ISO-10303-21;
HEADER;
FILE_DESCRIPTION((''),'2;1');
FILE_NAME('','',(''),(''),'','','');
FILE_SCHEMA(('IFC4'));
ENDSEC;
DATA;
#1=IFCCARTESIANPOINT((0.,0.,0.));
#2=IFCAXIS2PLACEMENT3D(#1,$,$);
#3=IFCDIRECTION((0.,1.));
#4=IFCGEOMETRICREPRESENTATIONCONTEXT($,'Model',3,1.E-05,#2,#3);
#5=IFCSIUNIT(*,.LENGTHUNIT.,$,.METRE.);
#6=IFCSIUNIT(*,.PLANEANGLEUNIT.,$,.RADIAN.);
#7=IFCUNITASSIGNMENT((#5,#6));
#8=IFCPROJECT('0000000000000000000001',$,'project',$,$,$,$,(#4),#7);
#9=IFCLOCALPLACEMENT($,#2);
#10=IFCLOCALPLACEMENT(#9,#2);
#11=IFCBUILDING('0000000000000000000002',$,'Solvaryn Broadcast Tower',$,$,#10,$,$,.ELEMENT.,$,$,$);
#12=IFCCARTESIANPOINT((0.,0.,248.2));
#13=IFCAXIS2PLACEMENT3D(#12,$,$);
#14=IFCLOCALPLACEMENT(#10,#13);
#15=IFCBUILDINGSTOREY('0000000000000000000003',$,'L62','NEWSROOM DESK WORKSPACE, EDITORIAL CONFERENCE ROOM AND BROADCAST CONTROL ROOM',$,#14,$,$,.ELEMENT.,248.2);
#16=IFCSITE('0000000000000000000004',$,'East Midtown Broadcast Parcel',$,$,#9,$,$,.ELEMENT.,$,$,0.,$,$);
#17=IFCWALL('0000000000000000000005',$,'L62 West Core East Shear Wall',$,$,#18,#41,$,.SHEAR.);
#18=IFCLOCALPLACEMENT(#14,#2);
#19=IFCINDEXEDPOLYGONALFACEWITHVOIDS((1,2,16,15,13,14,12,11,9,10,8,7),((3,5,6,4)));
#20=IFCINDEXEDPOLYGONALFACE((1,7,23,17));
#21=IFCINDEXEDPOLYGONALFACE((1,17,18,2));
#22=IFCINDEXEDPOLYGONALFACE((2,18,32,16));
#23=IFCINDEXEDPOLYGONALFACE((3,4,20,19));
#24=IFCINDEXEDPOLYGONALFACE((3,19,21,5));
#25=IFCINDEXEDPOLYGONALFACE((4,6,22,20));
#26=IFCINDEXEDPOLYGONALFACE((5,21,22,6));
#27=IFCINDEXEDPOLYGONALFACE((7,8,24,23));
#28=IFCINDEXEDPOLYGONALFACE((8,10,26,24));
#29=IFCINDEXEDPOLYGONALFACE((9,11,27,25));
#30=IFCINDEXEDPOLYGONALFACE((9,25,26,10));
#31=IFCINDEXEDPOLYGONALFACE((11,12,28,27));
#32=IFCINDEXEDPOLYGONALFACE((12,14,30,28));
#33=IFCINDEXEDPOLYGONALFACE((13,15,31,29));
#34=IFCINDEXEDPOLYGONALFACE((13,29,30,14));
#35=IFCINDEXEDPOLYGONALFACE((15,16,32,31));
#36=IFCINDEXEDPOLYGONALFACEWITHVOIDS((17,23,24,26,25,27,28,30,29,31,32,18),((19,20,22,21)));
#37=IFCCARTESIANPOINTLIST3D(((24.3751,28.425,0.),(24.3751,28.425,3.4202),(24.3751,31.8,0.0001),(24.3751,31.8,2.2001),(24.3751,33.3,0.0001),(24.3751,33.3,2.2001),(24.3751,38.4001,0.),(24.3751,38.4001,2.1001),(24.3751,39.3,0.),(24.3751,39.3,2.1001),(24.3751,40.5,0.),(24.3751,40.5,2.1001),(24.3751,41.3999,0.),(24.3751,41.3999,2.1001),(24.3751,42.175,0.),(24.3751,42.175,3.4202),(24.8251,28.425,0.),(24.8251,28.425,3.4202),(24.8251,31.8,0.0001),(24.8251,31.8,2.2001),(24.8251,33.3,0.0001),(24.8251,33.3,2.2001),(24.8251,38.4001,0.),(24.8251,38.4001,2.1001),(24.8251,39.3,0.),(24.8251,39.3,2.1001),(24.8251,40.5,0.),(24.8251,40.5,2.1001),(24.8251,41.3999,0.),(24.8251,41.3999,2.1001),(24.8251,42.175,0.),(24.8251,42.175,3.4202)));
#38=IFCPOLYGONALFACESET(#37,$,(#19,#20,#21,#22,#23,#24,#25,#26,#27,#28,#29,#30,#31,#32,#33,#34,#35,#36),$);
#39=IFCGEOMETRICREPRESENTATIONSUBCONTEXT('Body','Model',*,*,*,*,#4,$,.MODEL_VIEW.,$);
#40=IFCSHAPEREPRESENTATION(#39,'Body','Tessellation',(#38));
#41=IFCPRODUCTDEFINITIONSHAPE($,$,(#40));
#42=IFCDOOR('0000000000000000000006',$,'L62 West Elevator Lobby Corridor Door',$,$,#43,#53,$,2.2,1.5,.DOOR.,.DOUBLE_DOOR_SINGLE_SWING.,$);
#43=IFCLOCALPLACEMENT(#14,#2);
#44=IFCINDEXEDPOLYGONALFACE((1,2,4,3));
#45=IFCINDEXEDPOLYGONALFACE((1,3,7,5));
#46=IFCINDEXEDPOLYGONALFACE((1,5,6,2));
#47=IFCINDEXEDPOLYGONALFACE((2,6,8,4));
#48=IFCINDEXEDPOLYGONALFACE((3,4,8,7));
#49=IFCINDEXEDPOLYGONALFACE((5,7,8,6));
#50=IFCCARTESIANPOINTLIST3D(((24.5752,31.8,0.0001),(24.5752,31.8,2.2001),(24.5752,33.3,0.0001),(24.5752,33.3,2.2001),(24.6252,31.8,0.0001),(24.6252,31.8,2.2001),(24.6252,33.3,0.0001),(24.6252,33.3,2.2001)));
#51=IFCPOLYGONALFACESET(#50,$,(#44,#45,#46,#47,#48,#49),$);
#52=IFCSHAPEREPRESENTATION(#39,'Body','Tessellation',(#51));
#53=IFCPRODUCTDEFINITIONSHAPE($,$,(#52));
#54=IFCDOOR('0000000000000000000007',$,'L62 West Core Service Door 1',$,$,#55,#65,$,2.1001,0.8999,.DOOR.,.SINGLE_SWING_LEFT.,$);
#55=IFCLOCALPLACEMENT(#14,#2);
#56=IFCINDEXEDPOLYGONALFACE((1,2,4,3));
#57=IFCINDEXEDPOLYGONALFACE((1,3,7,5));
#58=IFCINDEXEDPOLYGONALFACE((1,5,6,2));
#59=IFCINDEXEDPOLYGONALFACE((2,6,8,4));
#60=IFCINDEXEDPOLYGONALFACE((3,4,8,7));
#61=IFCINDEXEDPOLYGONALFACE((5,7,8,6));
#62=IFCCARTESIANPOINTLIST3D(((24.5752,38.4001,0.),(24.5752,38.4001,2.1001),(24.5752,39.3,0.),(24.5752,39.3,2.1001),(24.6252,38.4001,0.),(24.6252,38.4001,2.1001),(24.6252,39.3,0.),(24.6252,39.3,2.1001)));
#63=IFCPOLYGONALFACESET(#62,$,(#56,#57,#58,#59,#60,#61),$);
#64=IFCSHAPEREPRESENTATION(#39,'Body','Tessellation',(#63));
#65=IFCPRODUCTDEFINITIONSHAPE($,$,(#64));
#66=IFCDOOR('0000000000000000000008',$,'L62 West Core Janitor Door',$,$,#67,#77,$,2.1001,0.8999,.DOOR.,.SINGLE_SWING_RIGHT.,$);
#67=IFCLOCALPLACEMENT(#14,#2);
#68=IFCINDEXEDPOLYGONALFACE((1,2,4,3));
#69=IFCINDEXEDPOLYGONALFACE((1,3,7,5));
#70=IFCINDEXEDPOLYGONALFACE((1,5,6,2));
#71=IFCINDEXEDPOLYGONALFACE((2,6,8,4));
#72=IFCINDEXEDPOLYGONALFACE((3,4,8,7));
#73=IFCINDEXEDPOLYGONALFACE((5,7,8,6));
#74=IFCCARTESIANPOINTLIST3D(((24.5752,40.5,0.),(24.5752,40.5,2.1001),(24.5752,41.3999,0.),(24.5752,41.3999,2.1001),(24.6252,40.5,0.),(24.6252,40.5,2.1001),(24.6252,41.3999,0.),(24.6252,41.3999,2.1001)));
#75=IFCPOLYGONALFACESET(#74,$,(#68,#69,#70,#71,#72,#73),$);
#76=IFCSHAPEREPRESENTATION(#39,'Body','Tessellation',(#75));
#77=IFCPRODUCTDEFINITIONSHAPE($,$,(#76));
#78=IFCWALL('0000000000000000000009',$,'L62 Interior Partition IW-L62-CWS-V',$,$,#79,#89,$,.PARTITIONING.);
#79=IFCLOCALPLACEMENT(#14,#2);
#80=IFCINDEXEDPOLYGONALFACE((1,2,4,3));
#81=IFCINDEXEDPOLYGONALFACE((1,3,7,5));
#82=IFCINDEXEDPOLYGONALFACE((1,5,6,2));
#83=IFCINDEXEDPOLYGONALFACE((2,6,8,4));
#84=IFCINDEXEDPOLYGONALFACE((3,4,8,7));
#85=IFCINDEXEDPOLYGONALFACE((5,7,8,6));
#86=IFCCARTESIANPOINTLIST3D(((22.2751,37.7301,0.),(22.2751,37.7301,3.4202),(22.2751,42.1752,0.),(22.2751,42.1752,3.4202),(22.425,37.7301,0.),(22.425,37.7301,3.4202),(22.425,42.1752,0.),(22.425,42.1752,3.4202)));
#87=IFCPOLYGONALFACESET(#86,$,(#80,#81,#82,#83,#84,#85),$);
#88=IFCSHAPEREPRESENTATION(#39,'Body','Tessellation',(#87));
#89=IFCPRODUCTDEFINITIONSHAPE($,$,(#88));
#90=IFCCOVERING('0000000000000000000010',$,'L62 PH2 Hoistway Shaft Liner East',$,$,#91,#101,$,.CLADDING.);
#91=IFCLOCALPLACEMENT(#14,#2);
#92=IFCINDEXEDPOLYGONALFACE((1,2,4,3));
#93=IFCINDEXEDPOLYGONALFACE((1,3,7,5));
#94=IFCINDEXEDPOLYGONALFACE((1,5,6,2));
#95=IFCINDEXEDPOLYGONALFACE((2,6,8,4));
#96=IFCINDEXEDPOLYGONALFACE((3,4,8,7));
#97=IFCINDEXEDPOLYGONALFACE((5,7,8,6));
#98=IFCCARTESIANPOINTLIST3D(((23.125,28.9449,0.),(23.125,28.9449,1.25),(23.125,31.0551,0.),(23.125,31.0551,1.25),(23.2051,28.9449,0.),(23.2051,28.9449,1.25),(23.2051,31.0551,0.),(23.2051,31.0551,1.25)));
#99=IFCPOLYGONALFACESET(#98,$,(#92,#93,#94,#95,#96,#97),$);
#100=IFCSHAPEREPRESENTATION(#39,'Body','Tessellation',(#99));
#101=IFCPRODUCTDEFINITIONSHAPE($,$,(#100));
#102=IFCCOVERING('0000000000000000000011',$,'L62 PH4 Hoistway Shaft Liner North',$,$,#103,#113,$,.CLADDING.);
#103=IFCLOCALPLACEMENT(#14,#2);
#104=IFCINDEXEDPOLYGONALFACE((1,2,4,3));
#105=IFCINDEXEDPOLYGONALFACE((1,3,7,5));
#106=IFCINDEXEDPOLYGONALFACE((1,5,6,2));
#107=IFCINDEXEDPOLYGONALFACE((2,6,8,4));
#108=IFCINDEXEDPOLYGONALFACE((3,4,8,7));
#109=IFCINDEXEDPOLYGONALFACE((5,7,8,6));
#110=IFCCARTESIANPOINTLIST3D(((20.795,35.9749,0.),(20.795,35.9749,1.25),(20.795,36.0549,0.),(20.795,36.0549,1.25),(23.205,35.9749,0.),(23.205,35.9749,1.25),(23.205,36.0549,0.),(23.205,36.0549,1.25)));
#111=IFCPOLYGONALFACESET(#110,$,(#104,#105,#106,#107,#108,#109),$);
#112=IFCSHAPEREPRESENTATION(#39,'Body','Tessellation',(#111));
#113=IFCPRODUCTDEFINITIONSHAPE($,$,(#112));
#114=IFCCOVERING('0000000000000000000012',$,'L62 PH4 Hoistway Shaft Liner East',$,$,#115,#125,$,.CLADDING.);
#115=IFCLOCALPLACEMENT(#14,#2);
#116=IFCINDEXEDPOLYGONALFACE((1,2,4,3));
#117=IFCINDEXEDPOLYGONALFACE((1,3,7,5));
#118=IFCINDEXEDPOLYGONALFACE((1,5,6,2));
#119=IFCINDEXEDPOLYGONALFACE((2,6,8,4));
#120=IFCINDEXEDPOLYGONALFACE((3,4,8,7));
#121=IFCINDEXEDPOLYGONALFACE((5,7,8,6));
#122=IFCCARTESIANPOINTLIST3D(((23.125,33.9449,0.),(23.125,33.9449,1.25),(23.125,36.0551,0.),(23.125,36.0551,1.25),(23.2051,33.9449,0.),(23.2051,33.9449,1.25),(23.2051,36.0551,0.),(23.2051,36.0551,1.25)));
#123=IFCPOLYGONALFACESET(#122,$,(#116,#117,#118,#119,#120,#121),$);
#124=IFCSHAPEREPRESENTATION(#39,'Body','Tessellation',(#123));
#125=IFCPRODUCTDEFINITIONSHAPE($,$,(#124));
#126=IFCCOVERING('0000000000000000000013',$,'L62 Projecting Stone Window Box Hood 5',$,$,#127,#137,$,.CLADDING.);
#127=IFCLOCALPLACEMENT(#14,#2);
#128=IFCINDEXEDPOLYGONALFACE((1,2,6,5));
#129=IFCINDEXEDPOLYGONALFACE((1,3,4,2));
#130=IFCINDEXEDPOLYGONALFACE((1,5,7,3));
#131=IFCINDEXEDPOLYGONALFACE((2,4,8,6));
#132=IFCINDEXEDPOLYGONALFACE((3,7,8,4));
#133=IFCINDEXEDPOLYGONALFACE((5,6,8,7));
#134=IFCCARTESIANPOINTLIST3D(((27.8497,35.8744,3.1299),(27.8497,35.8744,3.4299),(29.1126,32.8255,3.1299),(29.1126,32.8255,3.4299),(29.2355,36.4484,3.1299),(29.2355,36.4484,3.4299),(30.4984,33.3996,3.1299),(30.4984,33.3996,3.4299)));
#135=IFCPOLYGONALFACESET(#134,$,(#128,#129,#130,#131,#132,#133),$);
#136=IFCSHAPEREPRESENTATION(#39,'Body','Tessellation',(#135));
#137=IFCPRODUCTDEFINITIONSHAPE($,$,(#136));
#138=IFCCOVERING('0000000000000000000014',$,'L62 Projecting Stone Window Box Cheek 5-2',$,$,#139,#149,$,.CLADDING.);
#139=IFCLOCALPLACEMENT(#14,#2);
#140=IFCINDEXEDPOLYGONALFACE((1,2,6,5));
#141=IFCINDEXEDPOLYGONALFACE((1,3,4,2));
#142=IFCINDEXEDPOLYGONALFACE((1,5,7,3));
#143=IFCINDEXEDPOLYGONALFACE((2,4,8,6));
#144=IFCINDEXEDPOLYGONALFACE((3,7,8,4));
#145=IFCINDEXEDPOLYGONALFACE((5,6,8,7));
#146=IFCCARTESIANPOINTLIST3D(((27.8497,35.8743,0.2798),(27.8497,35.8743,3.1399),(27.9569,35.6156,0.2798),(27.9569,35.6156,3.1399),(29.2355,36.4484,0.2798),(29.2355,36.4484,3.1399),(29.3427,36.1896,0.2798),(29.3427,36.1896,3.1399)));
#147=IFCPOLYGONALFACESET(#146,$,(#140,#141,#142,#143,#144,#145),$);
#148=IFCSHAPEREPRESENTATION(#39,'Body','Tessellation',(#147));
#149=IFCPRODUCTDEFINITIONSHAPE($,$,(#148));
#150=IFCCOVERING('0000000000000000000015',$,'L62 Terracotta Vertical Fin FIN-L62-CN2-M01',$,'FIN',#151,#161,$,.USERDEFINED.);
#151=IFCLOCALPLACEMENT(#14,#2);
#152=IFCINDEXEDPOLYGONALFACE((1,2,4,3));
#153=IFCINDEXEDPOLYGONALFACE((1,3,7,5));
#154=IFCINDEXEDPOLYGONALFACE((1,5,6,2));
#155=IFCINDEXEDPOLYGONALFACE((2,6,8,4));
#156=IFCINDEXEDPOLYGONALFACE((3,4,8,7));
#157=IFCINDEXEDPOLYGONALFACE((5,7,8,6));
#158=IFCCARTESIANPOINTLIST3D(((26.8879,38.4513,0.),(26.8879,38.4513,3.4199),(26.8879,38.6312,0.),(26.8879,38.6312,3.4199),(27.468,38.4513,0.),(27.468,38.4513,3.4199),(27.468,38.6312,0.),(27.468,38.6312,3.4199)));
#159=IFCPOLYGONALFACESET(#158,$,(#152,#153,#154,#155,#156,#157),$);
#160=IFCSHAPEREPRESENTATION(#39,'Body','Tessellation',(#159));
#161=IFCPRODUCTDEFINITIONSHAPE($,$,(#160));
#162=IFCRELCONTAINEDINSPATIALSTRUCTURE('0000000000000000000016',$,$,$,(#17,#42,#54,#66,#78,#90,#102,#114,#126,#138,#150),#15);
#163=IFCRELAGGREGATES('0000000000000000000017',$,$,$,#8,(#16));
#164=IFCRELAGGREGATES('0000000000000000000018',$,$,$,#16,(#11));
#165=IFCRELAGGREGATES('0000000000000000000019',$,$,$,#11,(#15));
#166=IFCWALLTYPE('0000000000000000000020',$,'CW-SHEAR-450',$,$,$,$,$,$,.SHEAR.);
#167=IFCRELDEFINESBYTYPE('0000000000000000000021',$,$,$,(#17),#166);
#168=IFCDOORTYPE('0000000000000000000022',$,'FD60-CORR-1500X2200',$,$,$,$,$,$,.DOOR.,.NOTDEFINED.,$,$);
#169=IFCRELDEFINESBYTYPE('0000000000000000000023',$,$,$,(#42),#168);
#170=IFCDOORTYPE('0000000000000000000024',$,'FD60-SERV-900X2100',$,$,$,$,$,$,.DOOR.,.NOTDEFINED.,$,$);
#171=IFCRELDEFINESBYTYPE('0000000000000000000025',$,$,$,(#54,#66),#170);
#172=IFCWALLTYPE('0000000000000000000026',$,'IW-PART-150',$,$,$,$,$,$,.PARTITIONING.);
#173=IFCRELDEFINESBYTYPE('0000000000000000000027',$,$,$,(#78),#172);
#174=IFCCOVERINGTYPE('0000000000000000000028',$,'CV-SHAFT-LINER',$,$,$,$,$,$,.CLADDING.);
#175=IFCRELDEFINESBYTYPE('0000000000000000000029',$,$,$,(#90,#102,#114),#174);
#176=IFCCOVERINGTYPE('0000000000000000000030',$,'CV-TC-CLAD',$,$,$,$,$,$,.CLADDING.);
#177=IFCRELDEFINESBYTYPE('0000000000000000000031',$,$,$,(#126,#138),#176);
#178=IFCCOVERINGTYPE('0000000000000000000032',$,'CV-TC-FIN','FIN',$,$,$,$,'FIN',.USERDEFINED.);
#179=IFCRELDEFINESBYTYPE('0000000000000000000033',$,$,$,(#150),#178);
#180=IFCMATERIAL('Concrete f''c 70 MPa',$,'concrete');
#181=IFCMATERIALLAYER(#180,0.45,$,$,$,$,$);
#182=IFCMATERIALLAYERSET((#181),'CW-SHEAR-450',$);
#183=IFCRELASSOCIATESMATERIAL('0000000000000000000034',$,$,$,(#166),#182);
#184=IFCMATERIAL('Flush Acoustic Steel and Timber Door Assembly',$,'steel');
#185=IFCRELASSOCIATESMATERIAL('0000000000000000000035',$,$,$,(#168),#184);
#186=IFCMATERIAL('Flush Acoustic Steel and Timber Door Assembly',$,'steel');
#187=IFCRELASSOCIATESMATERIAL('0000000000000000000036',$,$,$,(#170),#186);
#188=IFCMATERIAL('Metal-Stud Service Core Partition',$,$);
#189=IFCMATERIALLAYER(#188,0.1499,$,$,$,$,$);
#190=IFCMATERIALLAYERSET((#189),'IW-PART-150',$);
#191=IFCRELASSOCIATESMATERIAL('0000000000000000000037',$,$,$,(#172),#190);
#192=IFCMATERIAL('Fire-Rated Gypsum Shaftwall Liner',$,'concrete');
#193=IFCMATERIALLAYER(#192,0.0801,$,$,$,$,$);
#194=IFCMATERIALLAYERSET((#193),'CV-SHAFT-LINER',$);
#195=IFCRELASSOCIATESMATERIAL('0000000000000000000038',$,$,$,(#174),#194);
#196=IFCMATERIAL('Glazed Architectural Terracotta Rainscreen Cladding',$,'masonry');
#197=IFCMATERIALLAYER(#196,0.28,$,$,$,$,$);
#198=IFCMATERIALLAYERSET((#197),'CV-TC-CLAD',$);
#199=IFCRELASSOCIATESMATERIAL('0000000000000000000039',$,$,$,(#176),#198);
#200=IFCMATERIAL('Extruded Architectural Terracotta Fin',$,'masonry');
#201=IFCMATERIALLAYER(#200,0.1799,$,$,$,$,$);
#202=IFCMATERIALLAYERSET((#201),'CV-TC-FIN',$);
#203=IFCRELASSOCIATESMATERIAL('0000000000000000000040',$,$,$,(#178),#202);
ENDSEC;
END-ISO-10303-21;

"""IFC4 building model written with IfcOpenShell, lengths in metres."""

from ifc_helpers import new_model, si_unit, direction, frame, frame_2d, origin, origin_2d, place, context, subcontext, project, spatial, rectangle, extrude, material, layer, layer_set, type_object, element, fill, save


model = new_model("IFC4")

# Units and contexts
model_context = context("Model", 3, precision=1e-05, world=origin(), true_north=direction((0.0, 1.0)))
body_context = subcontext(model_context, "Body", "Model", "MODEL_VIEW")
ifc_project = project(units=[si_unit("LENGTHUNIT", "METRE"), si_unit("PLANEANGLEUNIT", "RADIAN")], contexts=[model_context])

# Site, building, storey
site_placement = place(None, origin())
site = spatial("IfcSite", under=ifc_project, at=site_placement, Name="East Midtown Broadcast Parcel", CompositionType="ELEMENT", RefElevation=0.0)
building_placement = place(site_placement, origin())
building = spatial("IfcBuilding", under=site, at=building_placement, Name="Solvaryn Broadcast Tower", CompositionType="ELEMENT")
storey_placement = place(building_placement, frame((0.0, 0.0, 248.2)))
storey = spatial("IfcBuildingStorey", under=building, at=storey_placement, Name="L62", Description="NEWSROOM DESK WORKSPACE, EDITORIAL CONFERENCE ROOM AND BROADCAST CONTROL ROOM", CompositionType="ELEMENT", Elevation=248.2)

# Wall, openings, doors
ifc_material_1 = material(Name="Concrete f'c 70 MPa", Category="concrete")
ifc_layer_1 = layer(ifc_material_1, 0.45)
ifc_layer_set_1 = layer_set([ifc_layer_1], Name="CW-SHEAR-450")
wall_type_1 = type_object("IfcWallType", Name="CW-SHEAR-450", PredefinedType="SHEAR", material=ifc_layer_set_1)
wall_1_placement = place(storey_placement, frame((24.6001, 28.425, 0.0), z_axis=(0.0, 0.0, 1.0), x_axis=(0.0, 1.0, 0.0)))
wall_1 = element("IfcWall", 1, at=wall_1_placement, inside=storey, type_object=wall_type_1, Name="L62 West Core East Shear Wall", PredefinedType="SHEAR", context=body_context, shape_type="SweptSolid", body=[
    extrude(rectangle(XDim=13.75, YDim=0.45, at=frame_2d((6.875, 0.0))), origin(), (0.0, 0.0, 1.0), 3.4202),
])
opening_1_placement = place(wall_1_placement, frame((3.375, 0.0, 0.0)))
opening_1 = element("IfcOpeningElement", 2, at=opening_1_placement, cuts=wall_1, PredefinedType="OPENING", context=body_context, shape_type="SweptSolid", body=[
    extrude(rectangle(XDim=1.5, YDim=2.2, at=frame_2d((0.75, 1.1001))), frame((0.0, 0.2351, 0.0), z_axis=(0.0, -1.0, 0.0), x_axis=(1.0, 0.0, 0.0)), (0.0, 0.0, 1.0), 0.47),
])
opening_2_placement = place(wall_1_placement, frame((9.9751, 0.0, 0.0)))
opening_2 = element("IfcOpeningElement", 3, at=opening_2_placement, cuts=wall_1, PredefinedType="OPENING", context=body_context, shape_type="SweptSolid", body=[
    extrude(rectangle(XDim=0.8999, YDim=2.1001, at=frame_2d((0.45, 1.05))), frame((0.0, 0.2351, 0.0), z_axis=(0.0, -1.0, 0.0), x_axis=(1.0, 0.0, 0.0)), (0.0, 0.0, 1.0), 0.47),
])
opening_3_placement = place(wall_1_placement, frame((12.075, 0.0, 0.0)))
opening_3 = element("IfcOpeningElement", 4, at=opening_3_placement, cuts=wall_1, PredefinedType="OPENING", context=body_context, shape_type="SweptSolid", body=[
    extrude(rectangle(XDim=0.8999, YDim=2.1001, at=frame_2d((0.45, 1.05))), frame((0.0, 0.2351, 0.0), z_axis=(0.0, -1.0, 0.0), x_axis=(1.0, 0.0, 0.0)), (0.0, 0.0, 1.0), 0.47),
])
ifc_material_2 = material(Name="Flush Acoustic Steel and Timber Door Assembly", Category="steel")
door_type_1 = type_object("IfcDoorType", Name="FD60-CORR-1500X2200", OperationType="NOTDEFINED", PredefinedType="DOOR", material=ifc_material_2)
door_1_placement = place(opening_1_placement, origin())
door_1 = element("IfcDoor", 5, at=door_1_placement, inside=storey, type_object=door_type_1, Name="L62 West Elevator Lobby Corridor Door", OperationType="DOUBLE_DOOR_SINGLE_SWING", OverallHeight=2.2, OverallWidth=1.5, PredefinedType="DOOR", context=body_context, shape_type="SweptSolid", body=[
    extrude(rectangle(XDim=1.5, YDim=2.2, at=frame_2d((0.75, 1.1001))), frame((0.0, 0.0249, 0.0), z_axis=(0.0, -1.0, 0.0), x_axis=(1.0, 0.0, 0.0)), (0.0, 0.0, 1.0), 0.05),
])
fill(opening_1, door_1)
ifc_material_3 = material(Name="Flush Acoustic Steel and Timber Door Assembly", Category="steel")
door_type_2 = type_object("IfcDoorType", Name="FD60-SERV-900X2100", OperationType="NOTDEFINED", PredefinedType="DOOR", material=ifc_material_3)
door_2_placement = place(opening_2_placement, origin())
door_2 = element("IfcDoor", 6, at=door_2_placement, inside=storey, type_object=door_type_2, Name="L62 West Core Service Door 1", OperationType="SINGLE_SWING_LEFT", OverallHeight=2.1001, OverallWidth=0.8999, PredefinedType="DOOR", context=body_context, shape_type="SweptSolid", body=[
    extrude(rectangle(XDim=0.8999, YDim=2.1001, at=frame_2d((0.45, 1.05))), frame((0.0, 0.0249, 0.0), z_axis=(0.0, -1.0, 0.0), x_axis=(1.0, 0.0, 0.0)), (0.0, 0.0, 1.0), 0.05),
])
fill(opening_2, door_2)
door_3_placement = place(opening_3_placement, origin())
door_3 = element("IfcDoor", 7, at=door_3_placement, inside=storey, type_object=door_type_2, Name="L62 West Core Janitor Door", OperationType="SINGLE_SWING_RIGHT", OverallHeight=2.1001, OverallWidth=0.8999, PredefinedType="DOOR", context=body_context, shape_type="SweptSolid", body=[
    extrude(rectangle(XDim=0.8999, YDim=2.1001, at=frame_2d((0.45, 1.05))), frame((0.0, 0.0249, 0.0), z_axis=(0.0, -1.0, 0.0), x_axis=(1.0, 0.0, 0.0)), (0.0, 0.0, 1.0), 0.05),
])
fill(opening_3, door_3)

# Wall
ifc_material_4 = material(Name="Metal-Stud Service Core Partition")
ifc_layer_2 = layer(ifc_material_4, 0.1499)
ifc_layer_set_2 = layer_set([ifc_layer_2], Name="IW-PART-150")
wall_type_2 = type_object("IfcWallType", Name="IW-PART-150", PredefinedType="PARTITIONING", material=ifc_layer_set_2)
wall_2_placement = place(storey_placement, frame((22.3501, 37.73, 0.0), z_axis=(0.0, 0.0, 1.0), x_axis=(0.0, 1.0, 0.0)))
element("IfcWall", 8, at=wall_2_placement, inside=storey, type_object=wall_type_2, Name="L62 Interior Partition IW-L62-CWS-V", PredefinedType="PARTITIONING", context=body_context, shape_type="SweptSolid", body=[
    extrude(rectangle(XDim=4.4451, YDim=0.1499, at=frame_2d((2.2227, 0.0))), origin(), (0.0, 0.0, 1.0), 3.4202),
])

# Coverings
ifc_material_5 = material(Name="Fire-Rated Gypsum Shaftwall Liner", Category="concrete")
ifc_layer_3 = layer(ifc_material_5, 0.0801)
ifc_layer_set_3 = layer_set([ifc_layer_3], Name="CV-SHAFT-LINER")
covering_type_1 = type_object("IfcCoveringType", Name="CV-SHAFT-LINER", PredefinedType="CLADDING", material=ifc_layer_set_3)
covering_1_placement = place(storey_placement, frame((23.165, 30.0, 0.0), z_axis=(0.0, 0.0, 1.0), x_axis=(1.0, 0.0, 0.0)))
element("IfcCovering", 9, at=covering_1_placement, inside=storey, type_object=covering_type_1, Name="L62 PH2 Hoistway Shaft Liner East", PredefinedType="CLADDING", context=body_context, shape_type="SweptSolid", body=[
    extrude(rectangle(XDim=0.0801, YDim=2.1101, at=origin_2d()), origin(), (0.0, 0.0, 1.0), 1.25),
])
covering_2_placement = place(storey_placement, frame((22.0, 36.0149, 0.0), z_axis=(0.0, 0.0, 1.0), x_axis=(1.0, 0.0, 0.0)))
element("IfcCovering", 10, at=covering_2_placement, inside=storey, type_object=covering_type_1, Name="L62 PH4 Hoistway Shaft Liner North", PredefinedType="CLADDING", context=body_context, shape_type="SweptSolid", body=[
    extrude(rectangle(XDim=2.4099, YDim=0.0801, at=origin_2d()), origin(), (0.0, 0.0, 1.0), 1.25),
])
covering_3_placement = place(storey_placement, frame((23.165, 35.0, 0.0), z_axis=(0.0, 0.0, 1.0), x_axis=(1.0, 0.0, 0.0)))
element("IfcCovering", 11, at=covering_3_placement, inside=storey, type_object=covering_type_1, Name="L62 PH4 Hoistway Shaft Liner East", PredefinedType="CLADDING", context=body_context, shape_type="SweptSolid", body=[
    extrude(rectangle(XDim=0.0801, YDim=2.1101, at=origin_2d()), origin(), (0.0, 0.0, 1.0), 1.25),
])
ifc_material_6 = material(Name="Glazed Architectural Terracotta Rainscreen Cladding", Category="masonry")
ifc_layer_4 = layer(ifc_material_6, 0.28)
ifc_layer_set_4 = layer_set([ifc_layer_4], Name="CV-TC-CLAD")
covering_type_2 = type_object("IfcCoveringType", Name="CV-TC-CLAD", PredefinedType="CLADDING", material=ifc_layer_set_4)
covering_4_placement = place(storey_placement, frame((29.1741, 34.637, 3.1299), z_axis=(0.0, 0.0, 1.0), x_axis=(-0.382683, 0.92388, 0.0)))
element("IfcCovering", 12, at=covering_4_placement, inside=storey, type_object=covering_type_2, Name="L62 Projecting Stone Window Box Hood 5", PredefinedType="CLADDING", context=body_context, shape_type="SweptSolid", body=[
    extrude(rectangle(XDim=3.3, YDim=1.5, at=origin_2d()), origin(), (0.0, 0.0, 1.0), 0.3),
])
covering_5_placement = place(storey_placement, frame((28.5962, 36.032, 0.2798), z_axis=(0.0, 0.0, 1.0), x_axis=(-0.382683, 0.92388, 0.0)))
element("IfcCovering", 13, at=covering_5_placement, inside=storey, type_object=covering_type_2, Name="L62 Projecting Stone Window Box Cheek 5-2", PredefinedType="CLADDING", context=body_context, shape_type="SweptSolid", body=[
    extrude(rectangle(XDim=0.28, YDim=1.5, at=origin_2d()), origin(), (0.0, 0.0, 1.0), 2.8601),
])
ifc_material_7 = material(Name="Extruded Architectural Terracotta Fin", Category="masonry")
ifc_layer_5 = layer(ifc_material_7, 0.1799)
ifc_layer_set_5 = layer_set([ifc_layer_5], Name="CV-TC-FIN")
covering_type_3 = type_object("IfcCoveringType", Name="CV-TC-FIN", Description="FIN", ElementType="FIN", PredefinedType="USERDEFINED", material=ifc_layer_set_5)
covering_6_placement = place(storey_placement, frame((27.178, 38.5413, 0.0), z_axis=(0.0, 0.0, 1.0), x_axis=(1.0, 0.0, 0.0)))
element("IfcCovering", 14, at=covering_6_placement, inside=storey, type_object=covering_type_3, Name="L62 Terracotta Vertical Fin FIN-L62-CN2-M01", ObjectType="FIN", PredefinedType="USERDEFINED", context=body_context, shape_type="SweptSolid", body=[
    extrude(rectangle(XDim=0.5801, YDim=0.1799, at=origin_2d()), origin(), (0.0, 0.0, 1.0), 3.4199),
])

save(model, "model.ifc")
